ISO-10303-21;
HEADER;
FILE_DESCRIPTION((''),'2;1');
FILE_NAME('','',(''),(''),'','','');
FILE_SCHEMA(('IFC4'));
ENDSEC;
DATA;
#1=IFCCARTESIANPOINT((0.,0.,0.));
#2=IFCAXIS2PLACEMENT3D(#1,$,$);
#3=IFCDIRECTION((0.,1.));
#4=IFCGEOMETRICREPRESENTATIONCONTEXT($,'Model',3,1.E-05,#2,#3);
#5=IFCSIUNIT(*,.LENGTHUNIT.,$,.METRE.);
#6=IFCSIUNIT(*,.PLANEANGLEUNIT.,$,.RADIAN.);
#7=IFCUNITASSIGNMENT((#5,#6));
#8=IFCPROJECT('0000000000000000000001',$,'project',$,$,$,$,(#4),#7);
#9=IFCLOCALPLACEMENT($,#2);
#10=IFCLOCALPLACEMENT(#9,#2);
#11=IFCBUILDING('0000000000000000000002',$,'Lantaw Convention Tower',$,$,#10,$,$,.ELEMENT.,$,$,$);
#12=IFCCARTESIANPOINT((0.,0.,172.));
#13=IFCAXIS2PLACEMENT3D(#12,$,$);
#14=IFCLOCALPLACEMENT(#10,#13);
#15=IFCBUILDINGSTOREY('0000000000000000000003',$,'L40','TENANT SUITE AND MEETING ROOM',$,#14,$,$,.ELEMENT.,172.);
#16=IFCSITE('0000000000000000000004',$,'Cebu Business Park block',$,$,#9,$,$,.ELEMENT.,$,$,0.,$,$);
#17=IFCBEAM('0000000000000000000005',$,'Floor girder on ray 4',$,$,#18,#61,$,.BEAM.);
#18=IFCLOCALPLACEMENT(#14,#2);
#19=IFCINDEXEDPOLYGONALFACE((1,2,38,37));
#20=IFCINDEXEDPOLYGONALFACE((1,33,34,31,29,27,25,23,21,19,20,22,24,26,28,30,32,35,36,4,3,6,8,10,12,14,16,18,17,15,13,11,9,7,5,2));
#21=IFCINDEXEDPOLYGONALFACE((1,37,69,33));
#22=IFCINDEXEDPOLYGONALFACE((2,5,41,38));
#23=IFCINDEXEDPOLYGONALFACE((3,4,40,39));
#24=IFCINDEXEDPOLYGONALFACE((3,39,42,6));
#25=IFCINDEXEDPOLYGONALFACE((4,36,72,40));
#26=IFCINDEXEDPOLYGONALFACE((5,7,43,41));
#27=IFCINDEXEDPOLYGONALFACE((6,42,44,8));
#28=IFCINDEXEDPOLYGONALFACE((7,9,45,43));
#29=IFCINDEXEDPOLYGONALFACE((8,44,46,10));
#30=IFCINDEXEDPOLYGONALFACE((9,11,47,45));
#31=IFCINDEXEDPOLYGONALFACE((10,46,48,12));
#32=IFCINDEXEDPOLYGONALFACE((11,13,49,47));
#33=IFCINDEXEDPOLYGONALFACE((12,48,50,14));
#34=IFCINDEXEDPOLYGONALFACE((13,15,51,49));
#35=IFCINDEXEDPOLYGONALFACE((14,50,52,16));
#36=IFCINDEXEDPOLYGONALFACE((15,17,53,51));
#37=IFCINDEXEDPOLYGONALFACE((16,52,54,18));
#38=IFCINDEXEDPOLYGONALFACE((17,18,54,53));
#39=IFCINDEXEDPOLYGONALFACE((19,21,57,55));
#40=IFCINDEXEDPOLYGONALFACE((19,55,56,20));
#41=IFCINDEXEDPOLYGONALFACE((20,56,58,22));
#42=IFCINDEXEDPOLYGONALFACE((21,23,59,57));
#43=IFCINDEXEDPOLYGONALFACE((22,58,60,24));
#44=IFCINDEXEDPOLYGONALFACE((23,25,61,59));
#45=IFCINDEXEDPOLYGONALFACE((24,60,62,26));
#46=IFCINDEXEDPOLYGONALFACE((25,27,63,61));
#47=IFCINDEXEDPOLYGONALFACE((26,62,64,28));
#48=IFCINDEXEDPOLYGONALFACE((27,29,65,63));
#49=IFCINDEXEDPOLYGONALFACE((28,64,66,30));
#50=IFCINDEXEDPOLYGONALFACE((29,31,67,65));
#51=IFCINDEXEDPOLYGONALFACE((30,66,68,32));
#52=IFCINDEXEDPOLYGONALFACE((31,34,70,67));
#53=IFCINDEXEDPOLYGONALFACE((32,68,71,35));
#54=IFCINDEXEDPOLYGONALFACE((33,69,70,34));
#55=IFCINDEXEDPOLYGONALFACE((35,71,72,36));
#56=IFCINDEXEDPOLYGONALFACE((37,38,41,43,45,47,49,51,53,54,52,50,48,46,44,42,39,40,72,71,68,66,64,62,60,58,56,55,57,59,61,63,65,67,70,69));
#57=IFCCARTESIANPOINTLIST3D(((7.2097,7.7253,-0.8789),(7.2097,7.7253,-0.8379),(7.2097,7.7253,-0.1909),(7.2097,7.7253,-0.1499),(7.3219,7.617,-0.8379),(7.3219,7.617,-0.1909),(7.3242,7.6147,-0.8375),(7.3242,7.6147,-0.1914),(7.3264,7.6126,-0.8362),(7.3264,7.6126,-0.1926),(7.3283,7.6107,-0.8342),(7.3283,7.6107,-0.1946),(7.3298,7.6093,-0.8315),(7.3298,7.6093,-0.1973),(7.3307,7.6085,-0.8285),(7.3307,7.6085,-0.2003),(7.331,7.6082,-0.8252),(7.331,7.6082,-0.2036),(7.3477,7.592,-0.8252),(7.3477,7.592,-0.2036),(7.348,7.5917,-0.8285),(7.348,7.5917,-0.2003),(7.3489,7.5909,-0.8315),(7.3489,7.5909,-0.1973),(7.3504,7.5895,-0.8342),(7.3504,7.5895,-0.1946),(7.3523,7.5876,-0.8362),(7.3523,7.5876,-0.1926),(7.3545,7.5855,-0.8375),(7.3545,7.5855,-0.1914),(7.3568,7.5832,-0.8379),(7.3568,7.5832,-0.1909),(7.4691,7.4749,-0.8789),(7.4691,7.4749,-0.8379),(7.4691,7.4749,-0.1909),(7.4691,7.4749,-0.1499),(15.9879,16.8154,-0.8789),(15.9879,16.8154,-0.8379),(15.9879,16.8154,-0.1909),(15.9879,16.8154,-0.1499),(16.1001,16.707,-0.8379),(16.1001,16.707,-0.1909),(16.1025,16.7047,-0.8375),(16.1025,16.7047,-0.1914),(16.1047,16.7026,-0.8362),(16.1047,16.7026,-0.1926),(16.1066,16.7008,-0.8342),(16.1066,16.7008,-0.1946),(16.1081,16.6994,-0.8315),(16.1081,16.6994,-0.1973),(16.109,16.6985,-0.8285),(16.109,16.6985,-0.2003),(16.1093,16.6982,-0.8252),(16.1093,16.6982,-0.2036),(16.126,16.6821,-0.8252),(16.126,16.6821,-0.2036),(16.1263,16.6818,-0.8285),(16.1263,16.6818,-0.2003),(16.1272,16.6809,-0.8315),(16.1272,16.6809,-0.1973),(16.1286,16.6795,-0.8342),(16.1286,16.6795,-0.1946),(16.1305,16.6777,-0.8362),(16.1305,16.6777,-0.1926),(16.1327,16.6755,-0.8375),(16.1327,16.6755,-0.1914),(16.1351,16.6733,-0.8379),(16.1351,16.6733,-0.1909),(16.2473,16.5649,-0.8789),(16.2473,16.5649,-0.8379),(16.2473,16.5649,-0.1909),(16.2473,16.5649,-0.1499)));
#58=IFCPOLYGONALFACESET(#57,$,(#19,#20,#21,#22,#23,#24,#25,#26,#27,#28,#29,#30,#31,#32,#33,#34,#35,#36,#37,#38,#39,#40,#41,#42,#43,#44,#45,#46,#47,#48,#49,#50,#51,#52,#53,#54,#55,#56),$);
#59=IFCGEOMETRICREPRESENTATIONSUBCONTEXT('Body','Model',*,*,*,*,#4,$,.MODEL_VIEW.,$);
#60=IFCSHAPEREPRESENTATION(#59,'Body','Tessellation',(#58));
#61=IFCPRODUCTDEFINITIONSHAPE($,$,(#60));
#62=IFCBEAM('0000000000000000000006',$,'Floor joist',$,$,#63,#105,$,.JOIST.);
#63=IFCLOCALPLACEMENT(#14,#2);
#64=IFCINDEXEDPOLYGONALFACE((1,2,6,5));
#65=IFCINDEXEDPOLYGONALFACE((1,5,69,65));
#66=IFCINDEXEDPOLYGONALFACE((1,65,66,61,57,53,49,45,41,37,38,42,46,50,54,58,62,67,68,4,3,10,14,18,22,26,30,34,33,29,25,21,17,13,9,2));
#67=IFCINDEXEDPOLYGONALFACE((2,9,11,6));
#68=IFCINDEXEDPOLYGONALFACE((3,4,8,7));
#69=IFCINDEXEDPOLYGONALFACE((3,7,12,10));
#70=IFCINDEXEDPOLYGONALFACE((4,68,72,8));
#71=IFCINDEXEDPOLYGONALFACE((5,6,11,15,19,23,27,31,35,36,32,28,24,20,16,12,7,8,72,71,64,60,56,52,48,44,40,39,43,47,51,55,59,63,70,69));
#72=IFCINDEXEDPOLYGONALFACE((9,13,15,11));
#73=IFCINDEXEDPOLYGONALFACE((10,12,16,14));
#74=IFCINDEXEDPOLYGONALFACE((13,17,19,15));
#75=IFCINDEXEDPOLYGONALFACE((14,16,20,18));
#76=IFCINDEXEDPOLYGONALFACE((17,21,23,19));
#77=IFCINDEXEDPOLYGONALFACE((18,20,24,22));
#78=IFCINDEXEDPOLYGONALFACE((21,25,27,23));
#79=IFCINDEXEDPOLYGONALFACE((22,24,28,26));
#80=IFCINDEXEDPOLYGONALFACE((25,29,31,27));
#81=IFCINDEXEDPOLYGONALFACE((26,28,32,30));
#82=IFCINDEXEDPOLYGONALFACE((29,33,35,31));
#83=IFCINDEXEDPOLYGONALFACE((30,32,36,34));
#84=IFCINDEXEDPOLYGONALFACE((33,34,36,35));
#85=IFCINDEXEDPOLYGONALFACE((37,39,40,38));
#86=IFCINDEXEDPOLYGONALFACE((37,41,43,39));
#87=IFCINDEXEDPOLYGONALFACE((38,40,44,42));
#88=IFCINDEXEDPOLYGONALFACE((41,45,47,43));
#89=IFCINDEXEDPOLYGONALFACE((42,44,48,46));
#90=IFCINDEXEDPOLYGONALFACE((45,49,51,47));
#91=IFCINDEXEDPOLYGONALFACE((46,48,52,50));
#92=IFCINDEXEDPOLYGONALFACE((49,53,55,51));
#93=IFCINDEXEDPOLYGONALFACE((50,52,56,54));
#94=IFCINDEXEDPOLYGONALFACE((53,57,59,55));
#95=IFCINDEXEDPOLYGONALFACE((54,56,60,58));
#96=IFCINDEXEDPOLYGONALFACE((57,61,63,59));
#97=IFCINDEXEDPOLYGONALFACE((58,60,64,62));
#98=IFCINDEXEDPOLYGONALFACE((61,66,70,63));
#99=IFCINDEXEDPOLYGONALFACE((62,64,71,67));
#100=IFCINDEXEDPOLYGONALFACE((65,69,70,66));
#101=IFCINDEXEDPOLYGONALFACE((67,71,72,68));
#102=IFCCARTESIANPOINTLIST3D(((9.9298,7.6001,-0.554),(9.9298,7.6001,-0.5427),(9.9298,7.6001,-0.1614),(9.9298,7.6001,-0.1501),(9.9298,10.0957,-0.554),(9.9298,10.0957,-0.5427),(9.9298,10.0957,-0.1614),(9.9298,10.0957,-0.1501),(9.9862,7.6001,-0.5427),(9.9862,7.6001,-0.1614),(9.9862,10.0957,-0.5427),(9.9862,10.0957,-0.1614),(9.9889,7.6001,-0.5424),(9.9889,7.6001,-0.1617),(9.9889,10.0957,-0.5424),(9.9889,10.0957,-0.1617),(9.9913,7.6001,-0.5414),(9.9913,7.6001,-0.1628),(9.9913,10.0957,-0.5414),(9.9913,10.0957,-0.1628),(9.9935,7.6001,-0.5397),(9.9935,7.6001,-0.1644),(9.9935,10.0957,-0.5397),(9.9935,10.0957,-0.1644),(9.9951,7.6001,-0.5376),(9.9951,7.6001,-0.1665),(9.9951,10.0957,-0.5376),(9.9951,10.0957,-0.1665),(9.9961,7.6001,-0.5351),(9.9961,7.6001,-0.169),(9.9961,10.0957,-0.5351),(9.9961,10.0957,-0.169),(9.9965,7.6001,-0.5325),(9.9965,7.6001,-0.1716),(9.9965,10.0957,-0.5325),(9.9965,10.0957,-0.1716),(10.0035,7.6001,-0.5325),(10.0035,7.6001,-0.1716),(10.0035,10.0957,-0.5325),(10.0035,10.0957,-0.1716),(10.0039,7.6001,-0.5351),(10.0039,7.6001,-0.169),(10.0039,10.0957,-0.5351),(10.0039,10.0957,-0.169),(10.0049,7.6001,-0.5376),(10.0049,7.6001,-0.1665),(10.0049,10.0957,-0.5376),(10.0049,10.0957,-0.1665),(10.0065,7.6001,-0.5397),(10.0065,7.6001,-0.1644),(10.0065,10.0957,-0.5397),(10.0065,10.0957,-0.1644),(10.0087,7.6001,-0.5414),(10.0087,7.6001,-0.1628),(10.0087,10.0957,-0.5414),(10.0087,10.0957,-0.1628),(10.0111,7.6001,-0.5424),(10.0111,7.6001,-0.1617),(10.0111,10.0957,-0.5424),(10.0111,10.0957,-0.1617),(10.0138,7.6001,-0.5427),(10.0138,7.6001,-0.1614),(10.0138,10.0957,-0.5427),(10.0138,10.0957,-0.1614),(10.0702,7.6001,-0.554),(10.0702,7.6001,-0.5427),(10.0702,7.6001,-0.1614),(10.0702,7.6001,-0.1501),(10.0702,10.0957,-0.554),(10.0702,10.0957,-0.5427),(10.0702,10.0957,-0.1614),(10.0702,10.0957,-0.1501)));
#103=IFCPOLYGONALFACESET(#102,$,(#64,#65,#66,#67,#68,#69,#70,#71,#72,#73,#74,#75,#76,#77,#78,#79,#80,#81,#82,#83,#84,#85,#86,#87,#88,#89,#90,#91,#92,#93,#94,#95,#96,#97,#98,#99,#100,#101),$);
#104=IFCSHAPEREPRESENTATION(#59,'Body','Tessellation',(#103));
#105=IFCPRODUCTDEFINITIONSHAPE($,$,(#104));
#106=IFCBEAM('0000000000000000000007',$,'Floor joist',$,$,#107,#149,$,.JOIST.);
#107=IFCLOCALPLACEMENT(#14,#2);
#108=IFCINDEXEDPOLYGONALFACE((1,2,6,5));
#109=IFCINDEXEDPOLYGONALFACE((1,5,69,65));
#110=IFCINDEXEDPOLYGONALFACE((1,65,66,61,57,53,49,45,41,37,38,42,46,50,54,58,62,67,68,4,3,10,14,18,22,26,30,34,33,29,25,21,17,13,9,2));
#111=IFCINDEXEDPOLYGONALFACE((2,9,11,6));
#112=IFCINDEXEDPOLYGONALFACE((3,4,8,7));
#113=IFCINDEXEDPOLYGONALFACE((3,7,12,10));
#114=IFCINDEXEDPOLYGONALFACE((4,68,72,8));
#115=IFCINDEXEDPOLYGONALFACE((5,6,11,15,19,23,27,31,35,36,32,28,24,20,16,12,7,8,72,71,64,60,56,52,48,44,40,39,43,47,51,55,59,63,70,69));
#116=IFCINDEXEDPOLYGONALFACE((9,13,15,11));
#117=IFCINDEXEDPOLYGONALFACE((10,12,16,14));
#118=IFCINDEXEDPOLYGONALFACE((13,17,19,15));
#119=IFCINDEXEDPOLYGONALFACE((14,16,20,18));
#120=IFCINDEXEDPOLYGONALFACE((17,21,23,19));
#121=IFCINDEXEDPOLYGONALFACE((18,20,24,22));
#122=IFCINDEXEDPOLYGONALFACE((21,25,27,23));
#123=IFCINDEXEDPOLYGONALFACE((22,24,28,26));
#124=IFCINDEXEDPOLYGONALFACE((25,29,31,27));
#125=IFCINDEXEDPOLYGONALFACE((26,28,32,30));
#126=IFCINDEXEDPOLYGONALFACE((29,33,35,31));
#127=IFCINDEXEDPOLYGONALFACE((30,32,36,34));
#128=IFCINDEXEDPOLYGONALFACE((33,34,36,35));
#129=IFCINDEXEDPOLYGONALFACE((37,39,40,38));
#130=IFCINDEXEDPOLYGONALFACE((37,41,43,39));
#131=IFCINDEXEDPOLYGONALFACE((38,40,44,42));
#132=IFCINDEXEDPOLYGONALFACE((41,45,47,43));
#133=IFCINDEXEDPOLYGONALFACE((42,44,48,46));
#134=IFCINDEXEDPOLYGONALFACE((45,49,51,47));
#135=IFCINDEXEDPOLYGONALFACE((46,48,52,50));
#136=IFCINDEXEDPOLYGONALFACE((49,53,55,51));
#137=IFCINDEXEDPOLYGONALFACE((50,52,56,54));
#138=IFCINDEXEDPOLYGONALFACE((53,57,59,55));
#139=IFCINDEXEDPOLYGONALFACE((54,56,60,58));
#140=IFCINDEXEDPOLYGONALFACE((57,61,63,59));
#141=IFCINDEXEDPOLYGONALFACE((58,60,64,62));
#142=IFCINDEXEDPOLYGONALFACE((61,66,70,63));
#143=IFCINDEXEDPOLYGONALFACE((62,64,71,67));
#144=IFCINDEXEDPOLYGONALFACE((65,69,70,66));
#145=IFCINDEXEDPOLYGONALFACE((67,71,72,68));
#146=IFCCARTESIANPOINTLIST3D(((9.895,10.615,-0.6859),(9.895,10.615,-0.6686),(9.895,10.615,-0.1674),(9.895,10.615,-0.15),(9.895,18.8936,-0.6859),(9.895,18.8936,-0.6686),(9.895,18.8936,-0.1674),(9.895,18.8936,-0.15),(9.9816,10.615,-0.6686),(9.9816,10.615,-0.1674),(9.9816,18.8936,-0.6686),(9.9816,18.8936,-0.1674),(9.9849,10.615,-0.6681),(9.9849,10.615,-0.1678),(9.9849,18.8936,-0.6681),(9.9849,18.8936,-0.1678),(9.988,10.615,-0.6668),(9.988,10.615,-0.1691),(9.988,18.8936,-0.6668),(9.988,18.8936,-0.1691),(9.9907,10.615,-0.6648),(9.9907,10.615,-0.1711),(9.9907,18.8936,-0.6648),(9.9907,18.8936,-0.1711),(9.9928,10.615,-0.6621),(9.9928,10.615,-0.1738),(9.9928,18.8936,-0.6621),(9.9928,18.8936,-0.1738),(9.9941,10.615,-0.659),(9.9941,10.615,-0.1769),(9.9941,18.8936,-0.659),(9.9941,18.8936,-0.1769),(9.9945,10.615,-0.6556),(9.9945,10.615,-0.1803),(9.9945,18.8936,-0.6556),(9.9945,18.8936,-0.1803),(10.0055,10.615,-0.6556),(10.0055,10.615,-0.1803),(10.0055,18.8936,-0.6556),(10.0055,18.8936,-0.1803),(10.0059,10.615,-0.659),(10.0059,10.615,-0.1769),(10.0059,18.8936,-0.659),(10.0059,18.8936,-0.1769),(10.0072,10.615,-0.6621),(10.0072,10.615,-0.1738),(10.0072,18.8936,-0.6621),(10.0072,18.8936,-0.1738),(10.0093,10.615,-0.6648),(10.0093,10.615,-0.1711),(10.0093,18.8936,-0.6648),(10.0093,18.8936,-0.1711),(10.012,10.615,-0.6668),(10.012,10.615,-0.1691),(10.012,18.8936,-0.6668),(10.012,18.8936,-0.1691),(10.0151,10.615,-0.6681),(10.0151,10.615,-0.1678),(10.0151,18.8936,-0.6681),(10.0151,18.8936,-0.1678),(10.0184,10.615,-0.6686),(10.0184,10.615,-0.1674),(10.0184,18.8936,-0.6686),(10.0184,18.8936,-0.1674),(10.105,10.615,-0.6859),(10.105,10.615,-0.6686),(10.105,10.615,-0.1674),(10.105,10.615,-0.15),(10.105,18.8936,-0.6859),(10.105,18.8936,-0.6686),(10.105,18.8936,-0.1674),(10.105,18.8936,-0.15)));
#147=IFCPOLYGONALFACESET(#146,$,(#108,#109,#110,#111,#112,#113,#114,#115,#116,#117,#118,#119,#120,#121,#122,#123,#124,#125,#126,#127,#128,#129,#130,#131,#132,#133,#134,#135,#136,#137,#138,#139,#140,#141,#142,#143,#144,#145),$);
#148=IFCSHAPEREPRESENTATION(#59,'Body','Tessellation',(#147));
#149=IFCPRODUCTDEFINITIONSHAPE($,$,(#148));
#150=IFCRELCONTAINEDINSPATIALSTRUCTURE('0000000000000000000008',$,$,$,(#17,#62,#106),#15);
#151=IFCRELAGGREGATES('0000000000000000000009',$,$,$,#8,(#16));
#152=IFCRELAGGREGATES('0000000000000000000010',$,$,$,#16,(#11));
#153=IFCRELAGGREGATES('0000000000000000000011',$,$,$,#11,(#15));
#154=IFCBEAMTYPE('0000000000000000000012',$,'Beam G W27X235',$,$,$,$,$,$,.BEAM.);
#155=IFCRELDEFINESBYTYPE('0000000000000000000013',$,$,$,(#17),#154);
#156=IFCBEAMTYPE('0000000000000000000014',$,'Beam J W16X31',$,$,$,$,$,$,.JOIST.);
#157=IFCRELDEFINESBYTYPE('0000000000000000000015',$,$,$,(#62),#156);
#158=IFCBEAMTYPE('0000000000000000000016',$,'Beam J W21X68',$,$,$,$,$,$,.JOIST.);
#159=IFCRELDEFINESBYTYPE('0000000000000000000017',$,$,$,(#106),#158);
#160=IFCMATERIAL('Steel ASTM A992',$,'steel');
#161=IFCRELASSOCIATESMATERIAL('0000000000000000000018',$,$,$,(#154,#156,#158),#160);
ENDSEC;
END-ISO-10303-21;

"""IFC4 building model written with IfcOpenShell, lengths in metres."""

from ifc_helpers import new_model, si_unit, direction, frame, origin, origin_2d, place, context, subcontext, project, spatial, i_section, extrude, material, material_profile, profile_set, type_object, element, save


model = new_model("IFC4")

# Units and contexts
model_context = context("Model", 3, precision=1e-05, world=origin(), true_north=direction((0.0, 1.0)))
body_context = subcontext(model_context, "Body", "Model", "MODEL_VIEW")
ifc_project = project(units=[si_unit("LENGTHUNIT", "METRE"), si_unit("PLANEANGLEUNIT", "RADIAN")], contexts=[model_context])

# Site, building, storey
site_placement = place(None, origin())
site = spatial("IfcSite", under=ifc_project, at=site_placement, Name="Cebu Business Park block", CompositionType="ELEMENT", RefElevation=0.0)
building_placement = place(site_placement, origin())
building = spatial("IfcBuilding", under=site, at=building_placement, Name="Lantaw Convention Tower", CompositionType="ELEMENT")
storey_placement = place(building_placement, frame((0.0, 0.0, 172.0)))
storey = spatial("IfcBuildingStorey", under=building, at=storey_placement, Name="L40", Description="TENANT SUITE AND MEETING ROOM", CompositionType="ELEMENT", Elevation=172.0)

# Beams
ifc_material_1 = material(Name="Steel ASTM A992", Category="steel")
ifc_material_profile_1 = material_profile(ifc_material_1, i_section(OverallWidth=0.3606, OverallDepth=0.729, WebThickness=0.0232, FlangeThickness=0.041, FilletRadius=0.0127, at=origin_2d()), Name="W27X235")
ifc_profile_set_1 = profile_set([ifc_material_profile_1], Name="Steel ASTM A992")
beam_type_1 = type_object("IfcBeamType", Name="Beam G W27X235", PredefinedType="BEAM", material=ifc_profile_set_1)
beam_1_placement = place(storey_placement, frame((7.3394, 7.6001, -0.5144), z_axis=(0.694663, 0.719335, 0.0), x_axis=(-0.719335, 0.694663, 0.0)))
element("IfcBeam", 1, at=beam_1_placement, inside=storey, type_object=beam_type_1, Name="Floor girder on ray 4", PredefinedType="BEAM", context=body_context, shape_type="SweptSolid", body=[
    extrude(i_section(OverallWidth=0.3606, OverallDepth=0.729, WebThickness=0.0232, FlangeThickness=0.041, FilletRadius=0.0127, at=origin_2d()), origin(), (0.0, 0.0, 1.0), 12.6367),
])
ifc_material_profile_2 = material_profile(ifc_material_1, i_section(OverallWidth=0.1404, OverallDepth=0.4038, WebThickness=0.0071, FlangeThickness=0.0112, FilletRadius=0.0103, at=origin_2d()), Name="W16X31")
ifc_profile_set_2 = profile_set([ifc_material_profile_2], Name="Steel ASTM A992")
beam_type_2 = type_object("IfcBeamType", Name="Beam J W16X31", PredefinedType="JOIST", material=ifc_profile_set_2)
beam_2_placement = place(storey_placement, frame((10.0, 7.6001, -0.3521), z_axis=(0.0, 1.0, 0.0), x_axis=(-1.0, 0.0, 0.0)))
element("IfcBeam", 2, at=beam_2_placement, inside=storey, type_object=beam_type_2, Name="Floor joist", PredefinedType="JOIST", context=body_context, shape_type="SweptSolid", body=[
    extrude(i_section(OverallWidth=0.1404, OverallDepth=0.4038, WebThickness=0.0071, FlangeThickness=0.0112, FilletRadius=0.0103, at=origin_2d()), origin(), (0.0, 0.0, 1.0), 2.4956),
])
ifc_material_profile_3 = material_profile(ifc_material_1, i_section(OverallWidth=0.21, OverallDepth=0.5359, WebThickness=0.011, FlangeThickness=0.0173, FilletRadius=0.0129, at=origin_2d()), Name="W21X68")
ifc_profile_set_3 = profile_set([ifc_material_profile_3], Name="Steel ASTM A992")
beam_type_3 = type_object("IfcBeamType", Name="Beam J W21X68", PredefinedType="JOIST", material=ifc_profile_set_3)
beam_3_placement = place(storey_placement, frame((10.0, 10.615, -0.418), z_axis=(0.0, 1.0, 0.0), x_axis=(-1.0, 0.0, 0.0)))
element("IfcBeam", 3, at=beam_3_placement, inside=storey, type_object=beam_type_3, Name="Floor joist", PredefinedType="JOIST", context=body_context, shape_type="SweptSolid", body=[
    extrude(i_section(OverallWidth=0.21, OverallDepth=0.5359, WebThickness=0.011, FlangeThickness=0.0173, FilletRadius=0.0129, at=origin_2d()), origin(), (0.0, 0.0, 1.0), 8.2786),
])

save(model, "model.ifc")
